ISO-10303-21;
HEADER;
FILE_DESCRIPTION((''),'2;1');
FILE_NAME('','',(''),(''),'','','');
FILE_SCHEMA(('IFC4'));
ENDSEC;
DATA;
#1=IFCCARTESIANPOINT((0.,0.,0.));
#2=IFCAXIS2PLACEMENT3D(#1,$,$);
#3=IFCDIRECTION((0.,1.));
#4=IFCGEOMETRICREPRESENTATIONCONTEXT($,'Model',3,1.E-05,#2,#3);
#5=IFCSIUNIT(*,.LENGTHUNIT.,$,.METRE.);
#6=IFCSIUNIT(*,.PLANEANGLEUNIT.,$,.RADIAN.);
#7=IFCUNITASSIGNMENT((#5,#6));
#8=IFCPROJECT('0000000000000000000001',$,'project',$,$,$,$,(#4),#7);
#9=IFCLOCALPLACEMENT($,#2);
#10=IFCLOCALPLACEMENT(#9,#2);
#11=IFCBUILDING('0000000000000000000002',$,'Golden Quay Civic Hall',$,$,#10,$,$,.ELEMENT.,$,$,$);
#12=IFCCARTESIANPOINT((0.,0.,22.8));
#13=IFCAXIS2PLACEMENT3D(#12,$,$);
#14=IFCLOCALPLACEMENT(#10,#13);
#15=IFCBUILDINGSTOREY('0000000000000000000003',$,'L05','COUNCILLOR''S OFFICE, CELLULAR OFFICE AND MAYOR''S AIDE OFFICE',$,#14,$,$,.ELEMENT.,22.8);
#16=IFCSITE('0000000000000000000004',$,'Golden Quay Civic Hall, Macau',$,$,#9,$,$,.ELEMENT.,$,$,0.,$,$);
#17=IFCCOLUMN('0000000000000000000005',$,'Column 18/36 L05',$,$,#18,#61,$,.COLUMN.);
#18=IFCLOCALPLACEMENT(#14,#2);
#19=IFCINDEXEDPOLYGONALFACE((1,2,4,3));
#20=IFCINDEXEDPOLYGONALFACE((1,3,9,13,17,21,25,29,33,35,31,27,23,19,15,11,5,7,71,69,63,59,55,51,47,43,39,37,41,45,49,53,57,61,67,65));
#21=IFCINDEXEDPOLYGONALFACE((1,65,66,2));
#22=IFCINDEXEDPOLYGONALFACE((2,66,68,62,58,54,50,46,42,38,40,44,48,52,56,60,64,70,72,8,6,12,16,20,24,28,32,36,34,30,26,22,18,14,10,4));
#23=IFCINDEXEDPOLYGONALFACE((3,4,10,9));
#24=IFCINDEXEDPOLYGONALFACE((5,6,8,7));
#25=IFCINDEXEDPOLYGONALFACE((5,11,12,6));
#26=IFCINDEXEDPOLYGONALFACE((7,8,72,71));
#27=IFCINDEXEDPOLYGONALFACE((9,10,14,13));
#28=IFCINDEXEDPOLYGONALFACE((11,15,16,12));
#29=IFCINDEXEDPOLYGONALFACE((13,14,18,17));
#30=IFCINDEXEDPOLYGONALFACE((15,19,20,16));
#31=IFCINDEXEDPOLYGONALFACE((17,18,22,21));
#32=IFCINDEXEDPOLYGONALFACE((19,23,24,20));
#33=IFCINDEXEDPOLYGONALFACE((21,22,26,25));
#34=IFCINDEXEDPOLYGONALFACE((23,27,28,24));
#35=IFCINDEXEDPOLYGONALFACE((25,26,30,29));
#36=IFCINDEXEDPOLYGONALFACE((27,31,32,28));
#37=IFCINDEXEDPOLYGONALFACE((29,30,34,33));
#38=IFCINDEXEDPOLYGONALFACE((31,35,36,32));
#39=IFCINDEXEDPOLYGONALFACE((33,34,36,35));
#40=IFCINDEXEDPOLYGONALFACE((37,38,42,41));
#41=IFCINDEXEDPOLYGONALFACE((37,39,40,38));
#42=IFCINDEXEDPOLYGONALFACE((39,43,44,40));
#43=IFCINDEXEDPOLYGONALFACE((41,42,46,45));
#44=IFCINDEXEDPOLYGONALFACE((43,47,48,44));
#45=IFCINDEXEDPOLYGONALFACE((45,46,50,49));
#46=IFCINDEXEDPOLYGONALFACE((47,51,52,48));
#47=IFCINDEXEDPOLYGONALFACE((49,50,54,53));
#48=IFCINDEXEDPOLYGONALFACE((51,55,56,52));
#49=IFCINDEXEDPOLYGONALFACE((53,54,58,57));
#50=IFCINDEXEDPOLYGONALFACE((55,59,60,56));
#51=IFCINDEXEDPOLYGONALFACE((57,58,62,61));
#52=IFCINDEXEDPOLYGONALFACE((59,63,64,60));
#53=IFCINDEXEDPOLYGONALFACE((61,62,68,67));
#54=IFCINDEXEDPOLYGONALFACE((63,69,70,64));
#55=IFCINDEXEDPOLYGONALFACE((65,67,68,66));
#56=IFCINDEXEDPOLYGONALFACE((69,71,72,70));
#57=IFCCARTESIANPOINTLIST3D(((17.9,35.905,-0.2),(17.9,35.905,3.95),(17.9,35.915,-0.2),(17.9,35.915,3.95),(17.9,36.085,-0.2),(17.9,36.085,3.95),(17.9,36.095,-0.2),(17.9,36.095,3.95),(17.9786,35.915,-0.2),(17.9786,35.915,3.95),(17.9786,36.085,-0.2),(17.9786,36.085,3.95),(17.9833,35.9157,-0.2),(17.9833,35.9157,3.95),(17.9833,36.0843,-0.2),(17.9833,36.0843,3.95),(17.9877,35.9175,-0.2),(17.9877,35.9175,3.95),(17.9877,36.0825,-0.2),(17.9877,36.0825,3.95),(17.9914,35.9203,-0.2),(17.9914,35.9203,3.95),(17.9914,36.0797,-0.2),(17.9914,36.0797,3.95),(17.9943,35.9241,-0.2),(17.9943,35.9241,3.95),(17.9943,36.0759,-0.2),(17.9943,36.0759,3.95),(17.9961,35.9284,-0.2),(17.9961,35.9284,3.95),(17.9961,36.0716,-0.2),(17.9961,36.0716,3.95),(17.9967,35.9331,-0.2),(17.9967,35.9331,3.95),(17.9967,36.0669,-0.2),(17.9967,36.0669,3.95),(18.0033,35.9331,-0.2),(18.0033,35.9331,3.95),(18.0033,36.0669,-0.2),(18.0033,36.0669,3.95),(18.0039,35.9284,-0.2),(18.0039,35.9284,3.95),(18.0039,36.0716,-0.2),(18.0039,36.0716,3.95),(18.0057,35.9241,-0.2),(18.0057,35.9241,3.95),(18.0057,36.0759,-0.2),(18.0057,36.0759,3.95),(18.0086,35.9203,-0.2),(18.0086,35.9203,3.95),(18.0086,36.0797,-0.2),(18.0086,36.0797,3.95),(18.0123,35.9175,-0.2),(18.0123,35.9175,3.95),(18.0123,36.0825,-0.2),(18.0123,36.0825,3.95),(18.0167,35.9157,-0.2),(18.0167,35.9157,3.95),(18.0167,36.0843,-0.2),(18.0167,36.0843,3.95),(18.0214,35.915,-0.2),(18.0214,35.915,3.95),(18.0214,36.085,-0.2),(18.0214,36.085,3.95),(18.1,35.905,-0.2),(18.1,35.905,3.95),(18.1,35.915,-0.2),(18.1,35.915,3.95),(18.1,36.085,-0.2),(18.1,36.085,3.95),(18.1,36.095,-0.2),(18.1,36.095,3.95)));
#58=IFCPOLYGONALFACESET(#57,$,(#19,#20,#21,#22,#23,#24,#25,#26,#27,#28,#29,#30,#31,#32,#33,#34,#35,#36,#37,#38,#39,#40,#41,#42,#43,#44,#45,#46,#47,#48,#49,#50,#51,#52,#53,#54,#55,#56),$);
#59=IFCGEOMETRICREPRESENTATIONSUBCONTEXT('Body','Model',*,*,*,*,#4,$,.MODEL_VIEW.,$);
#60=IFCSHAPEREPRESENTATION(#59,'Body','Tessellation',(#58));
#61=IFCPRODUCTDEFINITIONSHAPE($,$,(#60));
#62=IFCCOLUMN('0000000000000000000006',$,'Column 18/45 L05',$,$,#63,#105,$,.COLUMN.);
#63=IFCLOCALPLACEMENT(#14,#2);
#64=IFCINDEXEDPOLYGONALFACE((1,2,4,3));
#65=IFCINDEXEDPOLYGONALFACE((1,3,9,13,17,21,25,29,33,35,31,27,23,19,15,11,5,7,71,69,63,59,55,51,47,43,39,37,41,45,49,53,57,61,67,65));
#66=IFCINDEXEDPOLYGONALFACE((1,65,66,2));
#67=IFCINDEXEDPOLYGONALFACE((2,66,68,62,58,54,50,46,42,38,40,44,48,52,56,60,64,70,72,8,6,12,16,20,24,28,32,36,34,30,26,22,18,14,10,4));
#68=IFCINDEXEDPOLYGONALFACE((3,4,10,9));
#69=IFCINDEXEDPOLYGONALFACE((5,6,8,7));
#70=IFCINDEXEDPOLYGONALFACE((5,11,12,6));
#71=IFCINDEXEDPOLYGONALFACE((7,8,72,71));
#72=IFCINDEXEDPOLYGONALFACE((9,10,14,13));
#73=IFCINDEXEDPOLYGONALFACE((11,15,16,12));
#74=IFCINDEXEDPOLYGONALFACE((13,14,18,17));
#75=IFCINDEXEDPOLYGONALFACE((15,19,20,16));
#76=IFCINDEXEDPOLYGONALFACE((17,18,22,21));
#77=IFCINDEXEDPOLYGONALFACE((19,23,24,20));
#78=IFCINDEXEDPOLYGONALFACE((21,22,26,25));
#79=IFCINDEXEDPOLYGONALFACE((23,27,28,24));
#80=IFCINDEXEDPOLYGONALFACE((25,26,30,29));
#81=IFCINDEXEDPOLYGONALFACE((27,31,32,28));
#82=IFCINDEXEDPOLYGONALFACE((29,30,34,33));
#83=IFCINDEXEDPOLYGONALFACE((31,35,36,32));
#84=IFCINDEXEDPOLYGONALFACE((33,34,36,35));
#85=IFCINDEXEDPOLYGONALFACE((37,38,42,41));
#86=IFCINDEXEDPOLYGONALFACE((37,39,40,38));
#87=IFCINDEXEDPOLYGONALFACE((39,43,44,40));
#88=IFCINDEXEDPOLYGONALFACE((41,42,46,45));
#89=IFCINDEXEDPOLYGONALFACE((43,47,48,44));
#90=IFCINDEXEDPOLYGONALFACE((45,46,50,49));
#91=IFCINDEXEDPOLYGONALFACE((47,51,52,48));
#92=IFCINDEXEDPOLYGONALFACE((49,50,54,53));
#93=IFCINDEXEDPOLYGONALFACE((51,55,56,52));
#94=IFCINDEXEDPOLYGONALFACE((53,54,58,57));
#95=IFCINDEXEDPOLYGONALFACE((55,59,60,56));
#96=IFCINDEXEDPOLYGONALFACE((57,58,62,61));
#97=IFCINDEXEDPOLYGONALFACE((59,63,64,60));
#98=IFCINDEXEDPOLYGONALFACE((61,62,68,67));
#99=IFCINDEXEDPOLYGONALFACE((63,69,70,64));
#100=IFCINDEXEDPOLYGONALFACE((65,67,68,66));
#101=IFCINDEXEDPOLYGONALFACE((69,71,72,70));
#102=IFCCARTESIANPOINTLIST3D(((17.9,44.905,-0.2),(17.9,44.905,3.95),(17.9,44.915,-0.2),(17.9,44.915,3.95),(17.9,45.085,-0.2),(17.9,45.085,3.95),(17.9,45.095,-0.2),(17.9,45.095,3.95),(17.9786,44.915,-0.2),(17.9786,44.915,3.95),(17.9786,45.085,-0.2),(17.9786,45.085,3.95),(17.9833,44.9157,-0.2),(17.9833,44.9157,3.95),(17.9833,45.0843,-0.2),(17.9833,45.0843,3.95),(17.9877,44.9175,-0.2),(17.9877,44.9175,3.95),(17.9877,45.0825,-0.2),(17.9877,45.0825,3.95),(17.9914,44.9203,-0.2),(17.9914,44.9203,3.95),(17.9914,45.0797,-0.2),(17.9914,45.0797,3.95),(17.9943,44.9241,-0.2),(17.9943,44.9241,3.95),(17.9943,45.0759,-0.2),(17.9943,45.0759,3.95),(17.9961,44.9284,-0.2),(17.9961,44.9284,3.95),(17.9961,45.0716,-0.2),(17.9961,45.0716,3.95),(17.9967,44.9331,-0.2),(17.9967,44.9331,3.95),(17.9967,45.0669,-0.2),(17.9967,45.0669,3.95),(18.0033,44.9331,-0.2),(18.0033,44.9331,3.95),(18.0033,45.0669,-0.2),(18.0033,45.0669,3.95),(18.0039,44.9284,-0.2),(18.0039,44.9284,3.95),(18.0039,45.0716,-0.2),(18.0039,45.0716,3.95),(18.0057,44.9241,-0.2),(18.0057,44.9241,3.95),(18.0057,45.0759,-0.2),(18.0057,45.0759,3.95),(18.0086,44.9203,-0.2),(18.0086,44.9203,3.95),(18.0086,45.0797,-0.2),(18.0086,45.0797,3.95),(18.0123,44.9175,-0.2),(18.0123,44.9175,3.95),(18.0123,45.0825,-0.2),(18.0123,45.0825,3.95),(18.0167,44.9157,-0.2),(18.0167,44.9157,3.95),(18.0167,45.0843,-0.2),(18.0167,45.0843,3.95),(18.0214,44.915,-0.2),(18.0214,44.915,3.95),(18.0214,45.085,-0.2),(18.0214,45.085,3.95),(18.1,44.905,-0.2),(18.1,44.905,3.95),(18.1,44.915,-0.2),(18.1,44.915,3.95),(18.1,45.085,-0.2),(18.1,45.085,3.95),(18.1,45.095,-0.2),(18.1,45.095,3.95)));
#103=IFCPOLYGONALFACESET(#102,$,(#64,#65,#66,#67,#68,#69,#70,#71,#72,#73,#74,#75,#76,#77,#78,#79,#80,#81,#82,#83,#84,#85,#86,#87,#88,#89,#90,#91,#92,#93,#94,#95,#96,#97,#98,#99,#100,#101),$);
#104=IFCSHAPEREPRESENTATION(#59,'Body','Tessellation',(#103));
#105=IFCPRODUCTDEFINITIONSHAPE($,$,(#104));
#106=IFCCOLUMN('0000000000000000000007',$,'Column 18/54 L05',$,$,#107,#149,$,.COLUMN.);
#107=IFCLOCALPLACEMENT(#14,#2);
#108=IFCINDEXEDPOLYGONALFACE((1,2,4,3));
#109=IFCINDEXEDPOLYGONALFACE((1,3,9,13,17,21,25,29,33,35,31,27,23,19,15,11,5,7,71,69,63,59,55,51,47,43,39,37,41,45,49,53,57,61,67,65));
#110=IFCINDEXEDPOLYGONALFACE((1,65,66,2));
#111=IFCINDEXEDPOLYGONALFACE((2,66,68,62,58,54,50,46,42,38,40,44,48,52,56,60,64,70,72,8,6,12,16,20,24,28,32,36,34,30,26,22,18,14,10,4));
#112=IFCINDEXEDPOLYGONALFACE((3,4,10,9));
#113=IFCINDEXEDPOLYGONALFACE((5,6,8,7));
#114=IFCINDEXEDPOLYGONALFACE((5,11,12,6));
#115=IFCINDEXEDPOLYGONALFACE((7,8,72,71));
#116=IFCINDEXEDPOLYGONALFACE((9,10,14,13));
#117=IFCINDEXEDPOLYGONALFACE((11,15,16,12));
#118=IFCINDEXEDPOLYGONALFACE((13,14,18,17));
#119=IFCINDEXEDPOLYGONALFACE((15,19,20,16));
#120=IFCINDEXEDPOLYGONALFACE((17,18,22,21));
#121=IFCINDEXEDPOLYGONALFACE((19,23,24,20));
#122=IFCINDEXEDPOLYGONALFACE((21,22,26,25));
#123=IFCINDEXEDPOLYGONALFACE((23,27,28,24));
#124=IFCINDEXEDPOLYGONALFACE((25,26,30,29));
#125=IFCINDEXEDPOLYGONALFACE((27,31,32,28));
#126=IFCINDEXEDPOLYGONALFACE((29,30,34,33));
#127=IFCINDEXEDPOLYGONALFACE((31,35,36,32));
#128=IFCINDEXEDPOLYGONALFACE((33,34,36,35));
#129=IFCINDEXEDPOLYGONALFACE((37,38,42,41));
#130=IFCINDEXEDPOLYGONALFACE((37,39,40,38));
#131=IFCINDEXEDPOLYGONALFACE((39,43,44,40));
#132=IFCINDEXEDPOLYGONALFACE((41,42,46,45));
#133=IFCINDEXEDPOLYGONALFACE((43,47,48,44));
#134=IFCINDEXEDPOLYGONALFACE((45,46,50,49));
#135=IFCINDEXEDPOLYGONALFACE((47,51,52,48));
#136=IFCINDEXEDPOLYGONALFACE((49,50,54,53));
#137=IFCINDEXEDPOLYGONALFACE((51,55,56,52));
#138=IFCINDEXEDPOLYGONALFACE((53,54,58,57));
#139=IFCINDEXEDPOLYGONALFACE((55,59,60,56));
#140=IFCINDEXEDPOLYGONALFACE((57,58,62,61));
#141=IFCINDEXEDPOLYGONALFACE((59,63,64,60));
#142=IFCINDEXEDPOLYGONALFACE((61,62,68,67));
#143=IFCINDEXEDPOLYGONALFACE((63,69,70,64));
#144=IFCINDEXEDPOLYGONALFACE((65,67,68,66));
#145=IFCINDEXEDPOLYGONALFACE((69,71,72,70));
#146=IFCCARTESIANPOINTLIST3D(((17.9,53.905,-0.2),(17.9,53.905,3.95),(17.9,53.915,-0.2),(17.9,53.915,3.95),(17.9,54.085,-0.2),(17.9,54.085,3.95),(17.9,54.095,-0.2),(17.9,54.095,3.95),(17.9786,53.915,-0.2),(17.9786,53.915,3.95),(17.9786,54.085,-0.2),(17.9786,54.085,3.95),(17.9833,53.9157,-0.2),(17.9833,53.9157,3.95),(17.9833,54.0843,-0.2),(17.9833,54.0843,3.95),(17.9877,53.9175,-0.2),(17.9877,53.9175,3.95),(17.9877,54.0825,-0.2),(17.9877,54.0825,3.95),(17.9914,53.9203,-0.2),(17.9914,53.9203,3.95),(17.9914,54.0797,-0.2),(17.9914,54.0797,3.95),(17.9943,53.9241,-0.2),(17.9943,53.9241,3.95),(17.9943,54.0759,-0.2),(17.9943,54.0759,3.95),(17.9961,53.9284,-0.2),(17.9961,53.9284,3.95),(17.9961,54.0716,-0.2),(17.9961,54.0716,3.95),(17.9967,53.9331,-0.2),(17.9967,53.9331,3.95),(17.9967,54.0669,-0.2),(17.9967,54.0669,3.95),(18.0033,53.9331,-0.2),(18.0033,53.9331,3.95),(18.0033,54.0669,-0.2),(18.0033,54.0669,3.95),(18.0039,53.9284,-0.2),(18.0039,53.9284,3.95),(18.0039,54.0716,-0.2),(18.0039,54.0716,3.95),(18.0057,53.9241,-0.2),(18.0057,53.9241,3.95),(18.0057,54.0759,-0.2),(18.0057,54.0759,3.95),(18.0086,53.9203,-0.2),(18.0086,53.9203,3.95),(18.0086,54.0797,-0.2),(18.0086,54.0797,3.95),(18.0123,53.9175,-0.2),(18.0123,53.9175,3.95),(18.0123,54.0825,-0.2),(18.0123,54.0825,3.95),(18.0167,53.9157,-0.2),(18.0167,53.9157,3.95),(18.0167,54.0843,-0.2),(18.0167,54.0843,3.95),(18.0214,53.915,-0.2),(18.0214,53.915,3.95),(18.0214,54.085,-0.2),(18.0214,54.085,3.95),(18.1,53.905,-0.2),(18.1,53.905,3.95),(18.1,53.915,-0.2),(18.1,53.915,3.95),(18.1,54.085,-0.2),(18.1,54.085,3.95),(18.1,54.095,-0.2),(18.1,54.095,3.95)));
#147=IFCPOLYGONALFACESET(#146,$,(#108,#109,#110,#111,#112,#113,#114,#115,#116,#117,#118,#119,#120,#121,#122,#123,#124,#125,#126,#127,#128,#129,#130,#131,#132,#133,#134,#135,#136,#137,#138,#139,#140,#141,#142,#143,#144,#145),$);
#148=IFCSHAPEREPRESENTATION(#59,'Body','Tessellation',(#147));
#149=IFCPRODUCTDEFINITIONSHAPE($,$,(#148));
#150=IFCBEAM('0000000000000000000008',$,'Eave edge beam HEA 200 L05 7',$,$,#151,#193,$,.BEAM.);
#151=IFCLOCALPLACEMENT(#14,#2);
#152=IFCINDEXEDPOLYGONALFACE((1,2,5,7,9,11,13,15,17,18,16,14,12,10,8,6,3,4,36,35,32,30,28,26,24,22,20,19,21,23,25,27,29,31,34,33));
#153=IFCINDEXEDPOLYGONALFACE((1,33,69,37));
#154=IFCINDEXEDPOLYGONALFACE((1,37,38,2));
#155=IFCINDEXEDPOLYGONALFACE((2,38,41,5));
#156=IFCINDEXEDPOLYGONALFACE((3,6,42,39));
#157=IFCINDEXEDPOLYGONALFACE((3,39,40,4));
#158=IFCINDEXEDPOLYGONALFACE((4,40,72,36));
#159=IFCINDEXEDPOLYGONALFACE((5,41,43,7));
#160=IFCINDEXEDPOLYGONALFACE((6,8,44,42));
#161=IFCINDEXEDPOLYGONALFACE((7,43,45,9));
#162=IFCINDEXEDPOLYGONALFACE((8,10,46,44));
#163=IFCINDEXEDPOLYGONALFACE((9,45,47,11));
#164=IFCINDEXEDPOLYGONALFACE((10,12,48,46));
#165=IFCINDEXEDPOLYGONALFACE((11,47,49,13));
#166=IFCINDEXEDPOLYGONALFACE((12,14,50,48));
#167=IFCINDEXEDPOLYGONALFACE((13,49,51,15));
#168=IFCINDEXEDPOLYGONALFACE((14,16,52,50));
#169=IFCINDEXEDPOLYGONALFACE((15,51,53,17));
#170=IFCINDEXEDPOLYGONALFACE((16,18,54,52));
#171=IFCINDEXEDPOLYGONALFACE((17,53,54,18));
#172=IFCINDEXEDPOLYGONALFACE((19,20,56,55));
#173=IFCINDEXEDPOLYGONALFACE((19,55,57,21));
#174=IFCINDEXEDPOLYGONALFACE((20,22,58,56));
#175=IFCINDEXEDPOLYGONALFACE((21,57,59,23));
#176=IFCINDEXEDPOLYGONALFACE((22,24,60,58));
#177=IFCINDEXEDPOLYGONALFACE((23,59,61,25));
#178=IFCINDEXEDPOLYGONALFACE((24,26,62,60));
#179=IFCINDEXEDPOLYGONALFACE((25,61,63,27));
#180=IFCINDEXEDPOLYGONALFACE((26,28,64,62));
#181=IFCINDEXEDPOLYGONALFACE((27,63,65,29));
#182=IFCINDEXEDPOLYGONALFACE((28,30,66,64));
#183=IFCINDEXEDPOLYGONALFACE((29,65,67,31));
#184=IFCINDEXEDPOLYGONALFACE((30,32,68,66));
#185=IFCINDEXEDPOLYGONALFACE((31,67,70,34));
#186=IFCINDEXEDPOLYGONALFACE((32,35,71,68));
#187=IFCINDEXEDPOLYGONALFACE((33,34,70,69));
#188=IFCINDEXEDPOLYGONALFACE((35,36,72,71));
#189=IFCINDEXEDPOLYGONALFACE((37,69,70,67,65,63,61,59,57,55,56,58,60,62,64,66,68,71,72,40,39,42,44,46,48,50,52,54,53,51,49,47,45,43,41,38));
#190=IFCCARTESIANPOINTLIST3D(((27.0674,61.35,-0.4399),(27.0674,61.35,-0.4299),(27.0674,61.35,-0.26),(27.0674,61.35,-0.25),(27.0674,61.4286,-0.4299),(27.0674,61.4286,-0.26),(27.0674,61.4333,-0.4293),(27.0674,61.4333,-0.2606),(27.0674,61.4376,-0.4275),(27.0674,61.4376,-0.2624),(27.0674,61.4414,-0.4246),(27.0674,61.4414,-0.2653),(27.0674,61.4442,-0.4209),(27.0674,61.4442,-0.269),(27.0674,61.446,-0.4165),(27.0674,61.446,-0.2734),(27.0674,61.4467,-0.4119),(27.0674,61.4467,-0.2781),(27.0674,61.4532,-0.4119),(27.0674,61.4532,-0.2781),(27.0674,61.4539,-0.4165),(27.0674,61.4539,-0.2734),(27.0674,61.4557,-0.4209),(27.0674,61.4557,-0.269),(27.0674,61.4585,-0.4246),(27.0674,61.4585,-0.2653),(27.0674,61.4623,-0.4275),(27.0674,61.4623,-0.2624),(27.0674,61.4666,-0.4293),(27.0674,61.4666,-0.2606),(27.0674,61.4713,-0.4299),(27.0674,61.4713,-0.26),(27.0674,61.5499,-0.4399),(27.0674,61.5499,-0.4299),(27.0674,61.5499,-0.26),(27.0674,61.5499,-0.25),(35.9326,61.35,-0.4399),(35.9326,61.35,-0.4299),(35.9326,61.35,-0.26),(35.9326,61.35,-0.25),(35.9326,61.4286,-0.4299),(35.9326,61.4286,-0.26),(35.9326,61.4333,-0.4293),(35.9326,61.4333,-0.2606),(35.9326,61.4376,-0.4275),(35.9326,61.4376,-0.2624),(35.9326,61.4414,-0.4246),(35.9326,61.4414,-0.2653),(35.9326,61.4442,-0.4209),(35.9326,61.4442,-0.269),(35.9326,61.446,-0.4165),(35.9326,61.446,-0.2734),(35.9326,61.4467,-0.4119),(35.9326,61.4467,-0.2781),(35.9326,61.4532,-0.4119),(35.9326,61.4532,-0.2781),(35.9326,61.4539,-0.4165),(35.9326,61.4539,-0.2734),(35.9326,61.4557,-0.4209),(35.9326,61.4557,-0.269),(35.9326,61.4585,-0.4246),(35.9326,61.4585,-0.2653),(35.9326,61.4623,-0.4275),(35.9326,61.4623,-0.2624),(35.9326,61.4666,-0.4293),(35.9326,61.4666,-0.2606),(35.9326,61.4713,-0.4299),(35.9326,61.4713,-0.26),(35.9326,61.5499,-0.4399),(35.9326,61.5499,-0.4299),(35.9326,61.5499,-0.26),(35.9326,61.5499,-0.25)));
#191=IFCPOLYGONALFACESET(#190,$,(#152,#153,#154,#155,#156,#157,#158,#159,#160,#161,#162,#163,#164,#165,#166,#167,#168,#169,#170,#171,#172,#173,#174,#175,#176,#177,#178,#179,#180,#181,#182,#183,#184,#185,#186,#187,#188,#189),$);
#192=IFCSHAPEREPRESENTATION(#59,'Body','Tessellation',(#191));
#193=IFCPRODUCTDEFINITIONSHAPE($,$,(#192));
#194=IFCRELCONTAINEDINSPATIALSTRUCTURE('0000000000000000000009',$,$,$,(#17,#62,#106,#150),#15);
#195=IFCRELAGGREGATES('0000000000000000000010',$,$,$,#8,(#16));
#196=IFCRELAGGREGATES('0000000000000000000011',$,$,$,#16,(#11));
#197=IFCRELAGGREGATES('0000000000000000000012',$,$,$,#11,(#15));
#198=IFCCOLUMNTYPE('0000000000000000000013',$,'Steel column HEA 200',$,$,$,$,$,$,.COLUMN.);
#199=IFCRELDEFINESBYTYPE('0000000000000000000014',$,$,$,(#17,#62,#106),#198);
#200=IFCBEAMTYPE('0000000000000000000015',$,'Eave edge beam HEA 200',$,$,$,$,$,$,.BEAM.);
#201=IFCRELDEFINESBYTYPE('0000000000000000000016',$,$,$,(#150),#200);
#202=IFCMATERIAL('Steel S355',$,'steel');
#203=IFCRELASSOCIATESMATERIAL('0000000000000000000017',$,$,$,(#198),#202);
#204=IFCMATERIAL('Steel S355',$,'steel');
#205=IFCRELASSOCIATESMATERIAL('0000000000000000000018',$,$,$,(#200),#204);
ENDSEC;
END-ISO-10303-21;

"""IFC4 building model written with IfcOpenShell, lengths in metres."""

from ifc_helpers import new_model, si_unit, direction, frame, origin, origin_2d, place, context, subcontext, project, spatial, i_section, extrude, material, material_profile, profile_set, type_object, element, save


model = new_model("IFC4")

# Units and contexts
model_context = context("Model", 3, precision=1e-05, world=origin(), true_north=direction((0.0, 1.0)))
body_context = subcontext(model_context, "Body", "Model", "MODEL_VIEW")
ifc_project = project(units=[si_unit("LENGTHUNIT", "METRE"), si_unit("PLANEANGLEUNIT", "RADIAN")], contexts=[model_context])

# Site, building, storey
site_placement = place(None, origin())
site = spatial("IfcSite", under=ifc_project, at=site_placement, Name="Golden Quay Civic Hall, Macau", CompositionType="ELEMENT", RefElevation=0.0)
building_placement = place(site_placement, origin())
building = spatial("IfcBuilding", under=site, at=building_placement, Name="Golden Quay Civic Hall", CompositionType="ELEMENT")
storey_placement = place(building_placement, frame((0.0, 0.0, 22.8)))
storey = spatial("IfcBuildingStorey", under=building, at=storey_placement, Name="L05", Description="COUNCILLOR'S OFFICE, CELLULAR OFFICE AND MAYOR'S AIDE OFFICE", CompositionType="ELEMENT", Elevation=22.8)

# Columns
ifc_material_1 = material(Name="Steel S355", Category="steel")
ifc_material_profile_1 = material_profile(ifc_material_1, i_section(OverallWidth=0.2, OverallDepth=0.1899, WebThickness=0.0066, FlangeThickness=0.01, FilletRadius=0.0181, at=origin_2d()), Name="HEA 200")
ifc_profile_set_1 = profile_set([ifc_material_profile_1], Name="Steel S355")
column_type = type_object("IfcColumnType", Name="Steel column HEA 200", PredefinedType="COLUMN", material=ifc_profile_set_1)
for number, where, z_axis, x_axis, name in (
    (1, (18.0, 36.0, -0.2), (0.0, 0.0, 1.0), (1.0, 0.0, 0.0), "Column 18/36 L05"),
    (2, (18.0, 45.0, -0.2), (0.0, 0.0, 1.0), (1.0, 0.0, 0.0), "Column 18/45 L05"),
    (3, (18.0, 54.0, -0.2), (0.0, 0.0, 1.0), (1.0, 0.0, 0.0), "Column 18/54 L05"),
):
    element("IfcColumn", number, at=place(storey_placement, frame(where, z_axis=z_axis, x_axis=x_axis)), inside=storey, type_object=column_type, Name=name, PredefinedType="COLUMN", context=body_context, shape_type="SweptSolid", body=[
        extrude(i_section(OverallWidth=0.2, OverallDepth=0.1899, WebThickness=0.0066, FlangeThickness=0.01, FilletRadius=0.0181, at=origin_2d()), origin(), (0.0, 0.0, 1.0), 4.1499),
    ])

# Beam
ifc_material_2 = material(Name="Steel S355", Category="steel")
ifc_material_profile_2 = material_profile(ifc_material_2, i_section(OverallWidth=0.2, OverallDepth=0.1899, WebThickness=0.0066, FlangeThickness=0.01, FilletRadius=0.0181, at=origin_2d()), Name="HEA 200")
ifc_profile_set_2 = profile_set([ifc_material_profile_2], Name="Steel S355")
beam_type_1 = type_object("IfcBeamType", Name="Eave edge beam HEA 200", PredefinedType="BEAM", material=ifc_profile_set_2)
for number, where, z_axis, x_axis, name in (
    (4, (27.0674, 61.45, -0.345), (1.0, 0.0, 0.0), (0.0, 1.0, 0.0), "Eave edge beam HEA 200 L05 7"),
):
    element("IfcBeam", number, at=place(storey_placement, frame(where, z_axis=z_axis, x_axis=x_axis)), inside=storey, type_object=beam_type_1, Name=name, PredefinedType="BEAM", context=body_context, shape_type="SweptSolid", body=[
        extrude(i_section(OverallWidth=0.2, OverallDepth=0.1899, WebThickness=0.0066, FlangeThickness=0.01, FilletRadius=0.0181, at=origin_2d()), origin(), (0.0, 0.0, 1.0), 8.8652),
    ])

save(model, "model.ifc")
